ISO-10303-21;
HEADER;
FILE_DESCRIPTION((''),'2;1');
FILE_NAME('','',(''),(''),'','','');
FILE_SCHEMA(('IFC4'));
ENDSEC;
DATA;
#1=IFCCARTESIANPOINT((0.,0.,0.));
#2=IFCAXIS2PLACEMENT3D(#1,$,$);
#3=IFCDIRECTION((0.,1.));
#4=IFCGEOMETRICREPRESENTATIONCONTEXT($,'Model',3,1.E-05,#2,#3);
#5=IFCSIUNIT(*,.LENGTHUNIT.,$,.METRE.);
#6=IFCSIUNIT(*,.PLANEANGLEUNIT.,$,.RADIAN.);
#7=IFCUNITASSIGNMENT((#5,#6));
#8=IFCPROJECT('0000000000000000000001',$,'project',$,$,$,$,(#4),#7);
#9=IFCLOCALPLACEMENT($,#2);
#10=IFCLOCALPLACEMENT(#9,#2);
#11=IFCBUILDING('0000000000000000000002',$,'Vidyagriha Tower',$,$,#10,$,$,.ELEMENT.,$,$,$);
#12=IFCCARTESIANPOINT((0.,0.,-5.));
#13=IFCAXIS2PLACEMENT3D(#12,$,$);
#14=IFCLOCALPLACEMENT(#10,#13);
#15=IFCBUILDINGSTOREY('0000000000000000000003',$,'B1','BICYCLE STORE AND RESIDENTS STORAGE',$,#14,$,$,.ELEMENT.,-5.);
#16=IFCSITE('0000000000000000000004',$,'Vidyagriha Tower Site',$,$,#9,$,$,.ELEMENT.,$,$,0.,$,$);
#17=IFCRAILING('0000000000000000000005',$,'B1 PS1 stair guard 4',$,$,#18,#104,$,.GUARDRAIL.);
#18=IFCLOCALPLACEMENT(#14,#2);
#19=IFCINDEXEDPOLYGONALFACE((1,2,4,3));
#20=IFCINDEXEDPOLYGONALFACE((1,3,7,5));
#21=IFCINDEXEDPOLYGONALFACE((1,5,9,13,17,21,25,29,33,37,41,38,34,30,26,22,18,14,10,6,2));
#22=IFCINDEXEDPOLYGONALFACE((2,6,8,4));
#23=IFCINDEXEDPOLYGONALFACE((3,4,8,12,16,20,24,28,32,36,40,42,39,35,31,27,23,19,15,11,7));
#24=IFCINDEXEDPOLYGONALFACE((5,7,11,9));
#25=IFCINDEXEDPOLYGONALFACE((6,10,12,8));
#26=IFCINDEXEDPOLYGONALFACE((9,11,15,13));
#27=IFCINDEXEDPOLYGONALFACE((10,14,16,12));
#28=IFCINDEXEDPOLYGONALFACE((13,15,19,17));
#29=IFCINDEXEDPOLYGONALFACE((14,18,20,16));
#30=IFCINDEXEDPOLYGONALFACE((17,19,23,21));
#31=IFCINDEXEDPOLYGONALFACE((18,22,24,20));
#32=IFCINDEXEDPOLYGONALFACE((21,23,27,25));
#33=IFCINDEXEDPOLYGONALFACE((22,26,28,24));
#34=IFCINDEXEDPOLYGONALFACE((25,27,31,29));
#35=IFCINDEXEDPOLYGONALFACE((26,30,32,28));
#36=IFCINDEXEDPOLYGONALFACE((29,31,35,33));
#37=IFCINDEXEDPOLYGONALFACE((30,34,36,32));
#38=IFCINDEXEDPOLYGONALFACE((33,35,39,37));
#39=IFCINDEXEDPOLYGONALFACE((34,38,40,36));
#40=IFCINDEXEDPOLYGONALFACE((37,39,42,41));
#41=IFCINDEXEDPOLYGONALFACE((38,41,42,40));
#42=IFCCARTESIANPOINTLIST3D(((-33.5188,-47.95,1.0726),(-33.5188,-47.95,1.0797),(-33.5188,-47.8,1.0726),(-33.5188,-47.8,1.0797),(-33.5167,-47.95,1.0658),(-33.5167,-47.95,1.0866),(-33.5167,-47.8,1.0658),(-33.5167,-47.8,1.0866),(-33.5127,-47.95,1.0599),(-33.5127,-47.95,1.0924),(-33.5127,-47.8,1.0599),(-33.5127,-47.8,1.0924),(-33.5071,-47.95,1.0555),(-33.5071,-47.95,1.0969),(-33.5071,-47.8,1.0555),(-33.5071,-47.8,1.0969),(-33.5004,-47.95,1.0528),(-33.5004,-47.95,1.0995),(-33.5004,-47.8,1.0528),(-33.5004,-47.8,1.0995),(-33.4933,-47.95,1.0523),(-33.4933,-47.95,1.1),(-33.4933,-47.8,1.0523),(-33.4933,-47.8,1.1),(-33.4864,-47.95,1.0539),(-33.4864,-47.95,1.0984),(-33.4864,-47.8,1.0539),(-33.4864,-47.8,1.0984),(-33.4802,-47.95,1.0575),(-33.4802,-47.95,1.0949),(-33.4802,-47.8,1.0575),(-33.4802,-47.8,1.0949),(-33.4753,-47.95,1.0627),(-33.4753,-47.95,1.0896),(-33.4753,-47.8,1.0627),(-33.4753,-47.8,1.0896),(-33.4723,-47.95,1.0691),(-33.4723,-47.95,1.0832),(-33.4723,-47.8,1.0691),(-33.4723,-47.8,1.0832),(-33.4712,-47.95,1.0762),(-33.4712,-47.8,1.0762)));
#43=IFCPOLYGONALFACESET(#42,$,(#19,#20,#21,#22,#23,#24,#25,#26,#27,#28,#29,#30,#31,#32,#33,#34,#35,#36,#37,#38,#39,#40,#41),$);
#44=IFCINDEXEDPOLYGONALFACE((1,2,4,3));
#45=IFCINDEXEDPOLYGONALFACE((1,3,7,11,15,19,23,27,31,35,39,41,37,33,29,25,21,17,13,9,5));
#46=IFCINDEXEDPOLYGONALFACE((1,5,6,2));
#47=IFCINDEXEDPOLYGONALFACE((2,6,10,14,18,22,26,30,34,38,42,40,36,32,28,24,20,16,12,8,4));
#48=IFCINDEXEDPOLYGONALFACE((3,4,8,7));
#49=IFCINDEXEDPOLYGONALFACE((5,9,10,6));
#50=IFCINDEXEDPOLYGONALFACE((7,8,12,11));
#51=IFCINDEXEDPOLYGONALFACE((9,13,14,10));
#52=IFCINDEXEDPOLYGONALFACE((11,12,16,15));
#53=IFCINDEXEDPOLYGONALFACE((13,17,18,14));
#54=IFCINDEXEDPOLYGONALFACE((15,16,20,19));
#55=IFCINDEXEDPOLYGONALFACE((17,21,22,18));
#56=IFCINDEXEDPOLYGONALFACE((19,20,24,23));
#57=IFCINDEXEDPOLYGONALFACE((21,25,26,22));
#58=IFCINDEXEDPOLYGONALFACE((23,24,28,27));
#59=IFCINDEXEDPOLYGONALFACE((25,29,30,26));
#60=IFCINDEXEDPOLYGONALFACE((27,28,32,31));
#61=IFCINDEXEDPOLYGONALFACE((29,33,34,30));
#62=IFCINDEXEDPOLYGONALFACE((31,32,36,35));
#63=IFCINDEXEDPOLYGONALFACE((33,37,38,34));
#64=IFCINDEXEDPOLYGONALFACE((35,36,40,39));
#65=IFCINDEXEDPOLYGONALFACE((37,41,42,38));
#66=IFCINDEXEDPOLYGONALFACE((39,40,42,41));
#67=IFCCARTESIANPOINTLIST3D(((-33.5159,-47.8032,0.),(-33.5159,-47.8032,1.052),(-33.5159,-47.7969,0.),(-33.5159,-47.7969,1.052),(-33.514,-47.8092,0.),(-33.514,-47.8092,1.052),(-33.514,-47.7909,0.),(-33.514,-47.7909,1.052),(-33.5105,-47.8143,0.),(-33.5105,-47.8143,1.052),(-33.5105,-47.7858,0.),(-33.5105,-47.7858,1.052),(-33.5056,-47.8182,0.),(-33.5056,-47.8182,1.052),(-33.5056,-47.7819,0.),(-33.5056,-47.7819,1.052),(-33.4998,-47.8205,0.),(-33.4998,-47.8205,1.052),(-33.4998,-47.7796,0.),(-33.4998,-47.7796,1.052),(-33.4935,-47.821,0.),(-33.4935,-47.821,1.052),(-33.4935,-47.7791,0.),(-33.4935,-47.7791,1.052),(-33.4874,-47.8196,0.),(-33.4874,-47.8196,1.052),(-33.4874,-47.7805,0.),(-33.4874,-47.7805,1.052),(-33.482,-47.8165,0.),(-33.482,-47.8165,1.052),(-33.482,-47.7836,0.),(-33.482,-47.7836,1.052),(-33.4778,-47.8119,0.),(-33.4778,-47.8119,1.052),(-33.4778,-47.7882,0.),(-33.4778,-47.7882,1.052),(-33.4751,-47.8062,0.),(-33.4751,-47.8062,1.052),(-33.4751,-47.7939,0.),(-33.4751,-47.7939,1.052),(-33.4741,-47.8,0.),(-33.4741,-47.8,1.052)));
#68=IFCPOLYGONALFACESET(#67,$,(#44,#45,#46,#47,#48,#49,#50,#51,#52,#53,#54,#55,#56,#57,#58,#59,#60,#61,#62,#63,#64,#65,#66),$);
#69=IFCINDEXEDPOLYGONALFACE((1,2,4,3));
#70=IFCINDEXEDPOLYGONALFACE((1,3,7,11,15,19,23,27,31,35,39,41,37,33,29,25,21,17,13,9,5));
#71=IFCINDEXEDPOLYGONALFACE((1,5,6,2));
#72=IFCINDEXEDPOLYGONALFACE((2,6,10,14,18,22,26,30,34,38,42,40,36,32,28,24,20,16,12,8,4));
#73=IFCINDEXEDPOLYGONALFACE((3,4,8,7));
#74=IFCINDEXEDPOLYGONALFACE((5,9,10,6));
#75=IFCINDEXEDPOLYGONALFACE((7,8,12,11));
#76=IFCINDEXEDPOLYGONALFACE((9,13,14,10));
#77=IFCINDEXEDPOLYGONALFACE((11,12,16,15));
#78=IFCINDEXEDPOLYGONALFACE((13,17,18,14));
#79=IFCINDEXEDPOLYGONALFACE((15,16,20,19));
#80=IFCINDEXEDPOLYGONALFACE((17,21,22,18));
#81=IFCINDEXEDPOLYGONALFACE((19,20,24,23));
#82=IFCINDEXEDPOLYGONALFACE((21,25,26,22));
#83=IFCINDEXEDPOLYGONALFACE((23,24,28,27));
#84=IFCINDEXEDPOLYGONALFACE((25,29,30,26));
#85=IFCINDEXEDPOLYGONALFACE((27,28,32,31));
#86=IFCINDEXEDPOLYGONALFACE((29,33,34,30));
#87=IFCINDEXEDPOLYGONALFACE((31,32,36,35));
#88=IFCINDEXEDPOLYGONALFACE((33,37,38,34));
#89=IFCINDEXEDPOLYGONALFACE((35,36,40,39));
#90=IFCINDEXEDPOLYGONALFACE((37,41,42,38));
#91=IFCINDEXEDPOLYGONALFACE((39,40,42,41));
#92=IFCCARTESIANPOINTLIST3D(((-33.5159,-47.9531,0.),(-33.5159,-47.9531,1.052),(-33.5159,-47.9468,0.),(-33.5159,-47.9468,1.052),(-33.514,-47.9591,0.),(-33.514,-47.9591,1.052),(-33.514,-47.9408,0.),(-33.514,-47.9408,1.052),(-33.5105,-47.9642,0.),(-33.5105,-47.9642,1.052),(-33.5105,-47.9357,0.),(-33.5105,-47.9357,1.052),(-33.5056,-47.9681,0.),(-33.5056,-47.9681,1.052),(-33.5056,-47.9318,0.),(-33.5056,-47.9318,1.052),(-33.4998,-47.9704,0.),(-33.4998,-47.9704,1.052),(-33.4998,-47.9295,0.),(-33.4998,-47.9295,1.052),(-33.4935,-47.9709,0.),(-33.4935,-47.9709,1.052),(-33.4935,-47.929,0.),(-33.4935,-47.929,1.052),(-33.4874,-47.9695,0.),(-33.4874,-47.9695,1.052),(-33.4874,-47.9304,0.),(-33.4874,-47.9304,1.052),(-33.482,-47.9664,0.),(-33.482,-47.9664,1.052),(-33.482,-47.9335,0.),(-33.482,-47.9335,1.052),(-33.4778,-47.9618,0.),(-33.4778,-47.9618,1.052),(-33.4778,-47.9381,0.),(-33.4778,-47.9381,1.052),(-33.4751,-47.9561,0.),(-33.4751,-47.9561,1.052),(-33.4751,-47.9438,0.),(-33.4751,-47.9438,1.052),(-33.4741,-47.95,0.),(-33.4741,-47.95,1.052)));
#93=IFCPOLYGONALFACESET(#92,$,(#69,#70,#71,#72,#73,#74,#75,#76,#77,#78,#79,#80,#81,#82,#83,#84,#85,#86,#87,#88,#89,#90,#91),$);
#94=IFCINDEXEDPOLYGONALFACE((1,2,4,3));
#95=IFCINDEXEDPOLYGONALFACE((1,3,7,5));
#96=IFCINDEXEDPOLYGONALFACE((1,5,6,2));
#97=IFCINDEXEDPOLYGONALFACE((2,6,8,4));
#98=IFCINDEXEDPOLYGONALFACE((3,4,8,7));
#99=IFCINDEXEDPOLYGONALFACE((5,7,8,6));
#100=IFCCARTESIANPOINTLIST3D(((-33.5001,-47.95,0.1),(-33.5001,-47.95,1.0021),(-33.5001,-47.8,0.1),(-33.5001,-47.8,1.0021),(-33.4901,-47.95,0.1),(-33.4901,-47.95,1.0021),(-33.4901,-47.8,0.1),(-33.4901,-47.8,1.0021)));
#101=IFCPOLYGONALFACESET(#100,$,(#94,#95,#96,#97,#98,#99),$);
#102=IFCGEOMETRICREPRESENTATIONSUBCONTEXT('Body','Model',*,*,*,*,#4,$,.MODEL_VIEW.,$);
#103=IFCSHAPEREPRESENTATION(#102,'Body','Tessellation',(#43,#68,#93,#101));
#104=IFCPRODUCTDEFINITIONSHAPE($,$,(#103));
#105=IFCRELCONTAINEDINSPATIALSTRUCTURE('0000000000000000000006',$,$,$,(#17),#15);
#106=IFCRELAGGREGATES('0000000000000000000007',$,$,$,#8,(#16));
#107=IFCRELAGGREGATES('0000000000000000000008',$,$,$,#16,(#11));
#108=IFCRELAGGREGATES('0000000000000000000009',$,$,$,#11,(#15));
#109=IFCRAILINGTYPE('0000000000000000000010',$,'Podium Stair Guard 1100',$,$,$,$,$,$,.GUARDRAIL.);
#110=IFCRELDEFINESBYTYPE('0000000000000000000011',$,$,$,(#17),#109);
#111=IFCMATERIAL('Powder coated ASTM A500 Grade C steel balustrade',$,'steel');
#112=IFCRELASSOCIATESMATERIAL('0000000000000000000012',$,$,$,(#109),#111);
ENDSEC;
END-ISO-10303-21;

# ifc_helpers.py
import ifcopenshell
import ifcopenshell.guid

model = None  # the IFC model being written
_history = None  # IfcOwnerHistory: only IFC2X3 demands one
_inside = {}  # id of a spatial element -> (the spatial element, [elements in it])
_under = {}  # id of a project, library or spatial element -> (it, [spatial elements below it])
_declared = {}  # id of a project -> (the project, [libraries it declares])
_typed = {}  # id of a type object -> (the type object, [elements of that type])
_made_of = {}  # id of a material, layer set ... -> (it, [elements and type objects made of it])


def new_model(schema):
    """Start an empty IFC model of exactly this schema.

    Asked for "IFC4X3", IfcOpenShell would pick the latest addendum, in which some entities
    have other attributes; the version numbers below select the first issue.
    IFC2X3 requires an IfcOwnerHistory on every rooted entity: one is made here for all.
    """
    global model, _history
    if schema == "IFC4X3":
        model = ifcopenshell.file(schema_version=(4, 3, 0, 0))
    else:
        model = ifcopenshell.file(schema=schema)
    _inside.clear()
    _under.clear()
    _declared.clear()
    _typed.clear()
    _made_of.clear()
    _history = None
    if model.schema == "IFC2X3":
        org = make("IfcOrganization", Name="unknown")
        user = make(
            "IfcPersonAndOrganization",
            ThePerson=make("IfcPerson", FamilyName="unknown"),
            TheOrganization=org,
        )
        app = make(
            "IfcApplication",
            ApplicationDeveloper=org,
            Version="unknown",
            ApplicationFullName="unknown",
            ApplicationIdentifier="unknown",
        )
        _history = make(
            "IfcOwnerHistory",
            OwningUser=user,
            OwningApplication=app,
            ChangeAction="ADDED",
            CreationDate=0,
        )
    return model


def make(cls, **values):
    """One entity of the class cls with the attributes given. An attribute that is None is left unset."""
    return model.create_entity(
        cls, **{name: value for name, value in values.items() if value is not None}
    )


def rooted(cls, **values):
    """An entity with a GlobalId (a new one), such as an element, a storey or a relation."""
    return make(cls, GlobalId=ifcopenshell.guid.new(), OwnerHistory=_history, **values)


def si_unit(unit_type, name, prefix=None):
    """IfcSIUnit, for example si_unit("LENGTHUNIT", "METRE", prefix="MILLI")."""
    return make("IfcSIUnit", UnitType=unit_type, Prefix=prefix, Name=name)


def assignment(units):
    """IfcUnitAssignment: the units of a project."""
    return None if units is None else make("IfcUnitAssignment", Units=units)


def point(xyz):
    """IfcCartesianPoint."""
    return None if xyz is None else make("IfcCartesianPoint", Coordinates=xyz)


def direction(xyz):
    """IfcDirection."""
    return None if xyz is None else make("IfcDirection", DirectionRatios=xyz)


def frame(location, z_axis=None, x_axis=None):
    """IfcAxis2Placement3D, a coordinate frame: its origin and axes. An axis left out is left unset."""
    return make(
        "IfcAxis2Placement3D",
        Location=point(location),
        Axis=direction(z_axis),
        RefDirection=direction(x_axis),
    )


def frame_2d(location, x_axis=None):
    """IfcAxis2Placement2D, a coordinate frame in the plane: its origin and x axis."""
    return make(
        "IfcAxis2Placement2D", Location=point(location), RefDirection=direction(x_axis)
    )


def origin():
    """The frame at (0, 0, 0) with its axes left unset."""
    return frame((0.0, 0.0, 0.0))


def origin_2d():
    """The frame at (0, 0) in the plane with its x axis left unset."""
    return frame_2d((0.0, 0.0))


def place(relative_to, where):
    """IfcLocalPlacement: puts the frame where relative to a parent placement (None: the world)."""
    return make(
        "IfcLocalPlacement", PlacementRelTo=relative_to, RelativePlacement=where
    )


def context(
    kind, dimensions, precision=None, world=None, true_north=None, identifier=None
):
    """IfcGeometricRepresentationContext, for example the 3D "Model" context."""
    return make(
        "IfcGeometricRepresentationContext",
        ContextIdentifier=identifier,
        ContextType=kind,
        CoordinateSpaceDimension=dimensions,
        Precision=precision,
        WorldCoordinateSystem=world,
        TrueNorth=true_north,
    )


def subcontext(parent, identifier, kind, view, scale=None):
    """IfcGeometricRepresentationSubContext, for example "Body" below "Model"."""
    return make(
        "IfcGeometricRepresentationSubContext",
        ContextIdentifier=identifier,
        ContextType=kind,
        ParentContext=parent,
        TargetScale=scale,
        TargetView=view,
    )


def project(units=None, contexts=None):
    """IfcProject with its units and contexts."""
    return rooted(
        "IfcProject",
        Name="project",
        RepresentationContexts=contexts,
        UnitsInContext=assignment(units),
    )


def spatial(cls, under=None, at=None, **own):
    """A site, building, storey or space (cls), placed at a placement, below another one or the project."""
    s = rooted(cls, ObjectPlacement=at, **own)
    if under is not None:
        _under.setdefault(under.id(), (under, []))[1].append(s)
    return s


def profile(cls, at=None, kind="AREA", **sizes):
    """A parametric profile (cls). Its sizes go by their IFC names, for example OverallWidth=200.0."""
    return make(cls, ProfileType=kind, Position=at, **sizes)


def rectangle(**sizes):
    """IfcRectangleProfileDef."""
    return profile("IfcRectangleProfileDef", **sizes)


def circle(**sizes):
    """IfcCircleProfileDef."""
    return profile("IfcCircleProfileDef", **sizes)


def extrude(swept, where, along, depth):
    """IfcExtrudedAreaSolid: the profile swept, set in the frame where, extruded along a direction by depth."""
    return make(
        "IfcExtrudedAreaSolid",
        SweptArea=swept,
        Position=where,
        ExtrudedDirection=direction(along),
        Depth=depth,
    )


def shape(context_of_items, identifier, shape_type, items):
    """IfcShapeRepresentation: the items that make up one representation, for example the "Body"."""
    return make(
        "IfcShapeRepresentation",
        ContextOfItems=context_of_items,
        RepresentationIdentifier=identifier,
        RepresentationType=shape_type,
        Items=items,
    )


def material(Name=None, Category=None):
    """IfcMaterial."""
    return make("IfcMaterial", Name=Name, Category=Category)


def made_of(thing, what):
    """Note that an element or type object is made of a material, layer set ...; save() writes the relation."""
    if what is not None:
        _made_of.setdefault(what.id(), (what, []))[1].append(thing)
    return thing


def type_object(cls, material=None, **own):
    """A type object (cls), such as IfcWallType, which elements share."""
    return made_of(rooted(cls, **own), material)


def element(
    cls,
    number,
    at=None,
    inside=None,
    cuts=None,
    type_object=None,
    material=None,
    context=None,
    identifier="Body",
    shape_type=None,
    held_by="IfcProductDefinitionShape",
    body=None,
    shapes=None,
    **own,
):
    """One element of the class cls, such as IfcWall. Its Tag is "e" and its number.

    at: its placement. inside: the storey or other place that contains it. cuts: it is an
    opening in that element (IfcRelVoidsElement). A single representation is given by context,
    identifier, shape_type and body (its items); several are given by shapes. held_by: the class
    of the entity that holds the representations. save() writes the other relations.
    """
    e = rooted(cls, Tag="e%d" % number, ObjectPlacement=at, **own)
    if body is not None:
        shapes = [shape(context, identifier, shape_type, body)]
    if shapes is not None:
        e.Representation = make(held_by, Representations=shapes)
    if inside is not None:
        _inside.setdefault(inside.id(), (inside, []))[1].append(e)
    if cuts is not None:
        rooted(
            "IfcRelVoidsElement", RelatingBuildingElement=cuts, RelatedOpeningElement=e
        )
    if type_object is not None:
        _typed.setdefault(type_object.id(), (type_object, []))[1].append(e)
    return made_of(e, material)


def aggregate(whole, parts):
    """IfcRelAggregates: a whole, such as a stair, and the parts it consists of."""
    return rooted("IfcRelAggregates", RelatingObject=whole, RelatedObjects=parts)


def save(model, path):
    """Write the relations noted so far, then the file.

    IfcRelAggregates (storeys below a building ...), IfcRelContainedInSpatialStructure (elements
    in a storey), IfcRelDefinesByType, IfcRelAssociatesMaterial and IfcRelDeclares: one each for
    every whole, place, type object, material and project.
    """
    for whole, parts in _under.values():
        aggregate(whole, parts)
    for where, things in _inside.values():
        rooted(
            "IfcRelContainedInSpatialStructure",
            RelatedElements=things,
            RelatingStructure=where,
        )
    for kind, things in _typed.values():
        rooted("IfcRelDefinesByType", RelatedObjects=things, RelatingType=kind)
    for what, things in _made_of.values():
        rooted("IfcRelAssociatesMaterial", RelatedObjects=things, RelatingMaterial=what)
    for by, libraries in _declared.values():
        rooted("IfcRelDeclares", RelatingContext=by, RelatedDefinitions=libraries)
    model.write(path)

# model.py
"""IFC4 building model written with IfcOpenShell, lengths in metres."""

from ifc_helpers import new_model, si_unit, direction, frame, origin, origin_2d, place, context, subcontext, project, spatial, rectangle, circle, extrude, material, type_object, element, save


model = new_model("IFC4")

# Units and contexts
model_context = context("Model", 3, precision=1e-05, world=origin(), true_north=direction((0.0, 1.0)))
body_context = subcontext(model_context, "Body", "Model", "MODEL_VIEW")
ifc_project = project(units=[si_unit("LENGTHUNIT", "METRE"), si_unit("PLANEANGLEUNIT", "RADIAN")], contexts=[model_context])

# Site, building, storey
site_placement = place(None, origin())
site = spatial("IfcSite", under=ifc_project, at=site_placement, Name="Vidyagriha Tower Site", CompositionType="ELEMENT", RefElevation=0.0)
building_placement = place(site_placement, origin())
building = spatial("IfcBuilding", under=site, at=building_placement, Name="Vidyagriha Tower", CompositionType="ELEMENT")
storey_placement = place(building_placement, frame((0.0, 0.0, -5.0)))
storey = spatial("IfcBuildingStorey", under=building, at=storey_placement, Name="B1", Description="BICYCLE STORE AND RESIDENTS STORAGE", CompositionType="ELEMENT", Elevation=-5.0)

# Railing
ifc_material_1 = material(Name="Powder coated ASTM A500 Grade C steel balustrade", Category="steel")
railing_type = type_object("IfcRailingType", Name="Podium Stair Guard 1100", PredefinedType="GUARDRAIL", material=ifc_material_1)
railing_placement = place(storey_placement, frame((-33.4951, -47.8, 0.0)))
element("IfcRailing", 1, at=railing_placement, inside=storey, type_object=railing_type, Name="B1 PS1 stair guard 4", PredefinedType="GUARDRAIL", context=body_context, shape_type="SweptSolid", body=[
    extrude(circle(Radius=0.0239, at=origin_2d()), frame((0.0, 0.0, 1.0762), z_axis=(0.0, -1.0, 0.0), x_axis=(1.0, 0.0, 0.0)), (0.0, 0.0, 1.0), 0.1499),
    extrude(circle(Radius=0.021, at=origin_2d()), origin(), (0.0, 0.0, 1.0), 1.052),
    extrude(circle(Radius=0.021, at=origin_2d()), frame((0.0, -0.1499, 0.0)), (0.0, 0.0, 1.0), 1.052),
    extrude(rectangle(XDim=0.01, YDim=0.9021, at=origin_2d()), frame((0.0, 0.0, 0.551), z_axis=(0.0, -1.0, 0.0), x_axis=(1.0, 0.0, 0.0)), (0.0, 0.0, 1.0), 0.1499),
])

save(model, "model.ifc")
